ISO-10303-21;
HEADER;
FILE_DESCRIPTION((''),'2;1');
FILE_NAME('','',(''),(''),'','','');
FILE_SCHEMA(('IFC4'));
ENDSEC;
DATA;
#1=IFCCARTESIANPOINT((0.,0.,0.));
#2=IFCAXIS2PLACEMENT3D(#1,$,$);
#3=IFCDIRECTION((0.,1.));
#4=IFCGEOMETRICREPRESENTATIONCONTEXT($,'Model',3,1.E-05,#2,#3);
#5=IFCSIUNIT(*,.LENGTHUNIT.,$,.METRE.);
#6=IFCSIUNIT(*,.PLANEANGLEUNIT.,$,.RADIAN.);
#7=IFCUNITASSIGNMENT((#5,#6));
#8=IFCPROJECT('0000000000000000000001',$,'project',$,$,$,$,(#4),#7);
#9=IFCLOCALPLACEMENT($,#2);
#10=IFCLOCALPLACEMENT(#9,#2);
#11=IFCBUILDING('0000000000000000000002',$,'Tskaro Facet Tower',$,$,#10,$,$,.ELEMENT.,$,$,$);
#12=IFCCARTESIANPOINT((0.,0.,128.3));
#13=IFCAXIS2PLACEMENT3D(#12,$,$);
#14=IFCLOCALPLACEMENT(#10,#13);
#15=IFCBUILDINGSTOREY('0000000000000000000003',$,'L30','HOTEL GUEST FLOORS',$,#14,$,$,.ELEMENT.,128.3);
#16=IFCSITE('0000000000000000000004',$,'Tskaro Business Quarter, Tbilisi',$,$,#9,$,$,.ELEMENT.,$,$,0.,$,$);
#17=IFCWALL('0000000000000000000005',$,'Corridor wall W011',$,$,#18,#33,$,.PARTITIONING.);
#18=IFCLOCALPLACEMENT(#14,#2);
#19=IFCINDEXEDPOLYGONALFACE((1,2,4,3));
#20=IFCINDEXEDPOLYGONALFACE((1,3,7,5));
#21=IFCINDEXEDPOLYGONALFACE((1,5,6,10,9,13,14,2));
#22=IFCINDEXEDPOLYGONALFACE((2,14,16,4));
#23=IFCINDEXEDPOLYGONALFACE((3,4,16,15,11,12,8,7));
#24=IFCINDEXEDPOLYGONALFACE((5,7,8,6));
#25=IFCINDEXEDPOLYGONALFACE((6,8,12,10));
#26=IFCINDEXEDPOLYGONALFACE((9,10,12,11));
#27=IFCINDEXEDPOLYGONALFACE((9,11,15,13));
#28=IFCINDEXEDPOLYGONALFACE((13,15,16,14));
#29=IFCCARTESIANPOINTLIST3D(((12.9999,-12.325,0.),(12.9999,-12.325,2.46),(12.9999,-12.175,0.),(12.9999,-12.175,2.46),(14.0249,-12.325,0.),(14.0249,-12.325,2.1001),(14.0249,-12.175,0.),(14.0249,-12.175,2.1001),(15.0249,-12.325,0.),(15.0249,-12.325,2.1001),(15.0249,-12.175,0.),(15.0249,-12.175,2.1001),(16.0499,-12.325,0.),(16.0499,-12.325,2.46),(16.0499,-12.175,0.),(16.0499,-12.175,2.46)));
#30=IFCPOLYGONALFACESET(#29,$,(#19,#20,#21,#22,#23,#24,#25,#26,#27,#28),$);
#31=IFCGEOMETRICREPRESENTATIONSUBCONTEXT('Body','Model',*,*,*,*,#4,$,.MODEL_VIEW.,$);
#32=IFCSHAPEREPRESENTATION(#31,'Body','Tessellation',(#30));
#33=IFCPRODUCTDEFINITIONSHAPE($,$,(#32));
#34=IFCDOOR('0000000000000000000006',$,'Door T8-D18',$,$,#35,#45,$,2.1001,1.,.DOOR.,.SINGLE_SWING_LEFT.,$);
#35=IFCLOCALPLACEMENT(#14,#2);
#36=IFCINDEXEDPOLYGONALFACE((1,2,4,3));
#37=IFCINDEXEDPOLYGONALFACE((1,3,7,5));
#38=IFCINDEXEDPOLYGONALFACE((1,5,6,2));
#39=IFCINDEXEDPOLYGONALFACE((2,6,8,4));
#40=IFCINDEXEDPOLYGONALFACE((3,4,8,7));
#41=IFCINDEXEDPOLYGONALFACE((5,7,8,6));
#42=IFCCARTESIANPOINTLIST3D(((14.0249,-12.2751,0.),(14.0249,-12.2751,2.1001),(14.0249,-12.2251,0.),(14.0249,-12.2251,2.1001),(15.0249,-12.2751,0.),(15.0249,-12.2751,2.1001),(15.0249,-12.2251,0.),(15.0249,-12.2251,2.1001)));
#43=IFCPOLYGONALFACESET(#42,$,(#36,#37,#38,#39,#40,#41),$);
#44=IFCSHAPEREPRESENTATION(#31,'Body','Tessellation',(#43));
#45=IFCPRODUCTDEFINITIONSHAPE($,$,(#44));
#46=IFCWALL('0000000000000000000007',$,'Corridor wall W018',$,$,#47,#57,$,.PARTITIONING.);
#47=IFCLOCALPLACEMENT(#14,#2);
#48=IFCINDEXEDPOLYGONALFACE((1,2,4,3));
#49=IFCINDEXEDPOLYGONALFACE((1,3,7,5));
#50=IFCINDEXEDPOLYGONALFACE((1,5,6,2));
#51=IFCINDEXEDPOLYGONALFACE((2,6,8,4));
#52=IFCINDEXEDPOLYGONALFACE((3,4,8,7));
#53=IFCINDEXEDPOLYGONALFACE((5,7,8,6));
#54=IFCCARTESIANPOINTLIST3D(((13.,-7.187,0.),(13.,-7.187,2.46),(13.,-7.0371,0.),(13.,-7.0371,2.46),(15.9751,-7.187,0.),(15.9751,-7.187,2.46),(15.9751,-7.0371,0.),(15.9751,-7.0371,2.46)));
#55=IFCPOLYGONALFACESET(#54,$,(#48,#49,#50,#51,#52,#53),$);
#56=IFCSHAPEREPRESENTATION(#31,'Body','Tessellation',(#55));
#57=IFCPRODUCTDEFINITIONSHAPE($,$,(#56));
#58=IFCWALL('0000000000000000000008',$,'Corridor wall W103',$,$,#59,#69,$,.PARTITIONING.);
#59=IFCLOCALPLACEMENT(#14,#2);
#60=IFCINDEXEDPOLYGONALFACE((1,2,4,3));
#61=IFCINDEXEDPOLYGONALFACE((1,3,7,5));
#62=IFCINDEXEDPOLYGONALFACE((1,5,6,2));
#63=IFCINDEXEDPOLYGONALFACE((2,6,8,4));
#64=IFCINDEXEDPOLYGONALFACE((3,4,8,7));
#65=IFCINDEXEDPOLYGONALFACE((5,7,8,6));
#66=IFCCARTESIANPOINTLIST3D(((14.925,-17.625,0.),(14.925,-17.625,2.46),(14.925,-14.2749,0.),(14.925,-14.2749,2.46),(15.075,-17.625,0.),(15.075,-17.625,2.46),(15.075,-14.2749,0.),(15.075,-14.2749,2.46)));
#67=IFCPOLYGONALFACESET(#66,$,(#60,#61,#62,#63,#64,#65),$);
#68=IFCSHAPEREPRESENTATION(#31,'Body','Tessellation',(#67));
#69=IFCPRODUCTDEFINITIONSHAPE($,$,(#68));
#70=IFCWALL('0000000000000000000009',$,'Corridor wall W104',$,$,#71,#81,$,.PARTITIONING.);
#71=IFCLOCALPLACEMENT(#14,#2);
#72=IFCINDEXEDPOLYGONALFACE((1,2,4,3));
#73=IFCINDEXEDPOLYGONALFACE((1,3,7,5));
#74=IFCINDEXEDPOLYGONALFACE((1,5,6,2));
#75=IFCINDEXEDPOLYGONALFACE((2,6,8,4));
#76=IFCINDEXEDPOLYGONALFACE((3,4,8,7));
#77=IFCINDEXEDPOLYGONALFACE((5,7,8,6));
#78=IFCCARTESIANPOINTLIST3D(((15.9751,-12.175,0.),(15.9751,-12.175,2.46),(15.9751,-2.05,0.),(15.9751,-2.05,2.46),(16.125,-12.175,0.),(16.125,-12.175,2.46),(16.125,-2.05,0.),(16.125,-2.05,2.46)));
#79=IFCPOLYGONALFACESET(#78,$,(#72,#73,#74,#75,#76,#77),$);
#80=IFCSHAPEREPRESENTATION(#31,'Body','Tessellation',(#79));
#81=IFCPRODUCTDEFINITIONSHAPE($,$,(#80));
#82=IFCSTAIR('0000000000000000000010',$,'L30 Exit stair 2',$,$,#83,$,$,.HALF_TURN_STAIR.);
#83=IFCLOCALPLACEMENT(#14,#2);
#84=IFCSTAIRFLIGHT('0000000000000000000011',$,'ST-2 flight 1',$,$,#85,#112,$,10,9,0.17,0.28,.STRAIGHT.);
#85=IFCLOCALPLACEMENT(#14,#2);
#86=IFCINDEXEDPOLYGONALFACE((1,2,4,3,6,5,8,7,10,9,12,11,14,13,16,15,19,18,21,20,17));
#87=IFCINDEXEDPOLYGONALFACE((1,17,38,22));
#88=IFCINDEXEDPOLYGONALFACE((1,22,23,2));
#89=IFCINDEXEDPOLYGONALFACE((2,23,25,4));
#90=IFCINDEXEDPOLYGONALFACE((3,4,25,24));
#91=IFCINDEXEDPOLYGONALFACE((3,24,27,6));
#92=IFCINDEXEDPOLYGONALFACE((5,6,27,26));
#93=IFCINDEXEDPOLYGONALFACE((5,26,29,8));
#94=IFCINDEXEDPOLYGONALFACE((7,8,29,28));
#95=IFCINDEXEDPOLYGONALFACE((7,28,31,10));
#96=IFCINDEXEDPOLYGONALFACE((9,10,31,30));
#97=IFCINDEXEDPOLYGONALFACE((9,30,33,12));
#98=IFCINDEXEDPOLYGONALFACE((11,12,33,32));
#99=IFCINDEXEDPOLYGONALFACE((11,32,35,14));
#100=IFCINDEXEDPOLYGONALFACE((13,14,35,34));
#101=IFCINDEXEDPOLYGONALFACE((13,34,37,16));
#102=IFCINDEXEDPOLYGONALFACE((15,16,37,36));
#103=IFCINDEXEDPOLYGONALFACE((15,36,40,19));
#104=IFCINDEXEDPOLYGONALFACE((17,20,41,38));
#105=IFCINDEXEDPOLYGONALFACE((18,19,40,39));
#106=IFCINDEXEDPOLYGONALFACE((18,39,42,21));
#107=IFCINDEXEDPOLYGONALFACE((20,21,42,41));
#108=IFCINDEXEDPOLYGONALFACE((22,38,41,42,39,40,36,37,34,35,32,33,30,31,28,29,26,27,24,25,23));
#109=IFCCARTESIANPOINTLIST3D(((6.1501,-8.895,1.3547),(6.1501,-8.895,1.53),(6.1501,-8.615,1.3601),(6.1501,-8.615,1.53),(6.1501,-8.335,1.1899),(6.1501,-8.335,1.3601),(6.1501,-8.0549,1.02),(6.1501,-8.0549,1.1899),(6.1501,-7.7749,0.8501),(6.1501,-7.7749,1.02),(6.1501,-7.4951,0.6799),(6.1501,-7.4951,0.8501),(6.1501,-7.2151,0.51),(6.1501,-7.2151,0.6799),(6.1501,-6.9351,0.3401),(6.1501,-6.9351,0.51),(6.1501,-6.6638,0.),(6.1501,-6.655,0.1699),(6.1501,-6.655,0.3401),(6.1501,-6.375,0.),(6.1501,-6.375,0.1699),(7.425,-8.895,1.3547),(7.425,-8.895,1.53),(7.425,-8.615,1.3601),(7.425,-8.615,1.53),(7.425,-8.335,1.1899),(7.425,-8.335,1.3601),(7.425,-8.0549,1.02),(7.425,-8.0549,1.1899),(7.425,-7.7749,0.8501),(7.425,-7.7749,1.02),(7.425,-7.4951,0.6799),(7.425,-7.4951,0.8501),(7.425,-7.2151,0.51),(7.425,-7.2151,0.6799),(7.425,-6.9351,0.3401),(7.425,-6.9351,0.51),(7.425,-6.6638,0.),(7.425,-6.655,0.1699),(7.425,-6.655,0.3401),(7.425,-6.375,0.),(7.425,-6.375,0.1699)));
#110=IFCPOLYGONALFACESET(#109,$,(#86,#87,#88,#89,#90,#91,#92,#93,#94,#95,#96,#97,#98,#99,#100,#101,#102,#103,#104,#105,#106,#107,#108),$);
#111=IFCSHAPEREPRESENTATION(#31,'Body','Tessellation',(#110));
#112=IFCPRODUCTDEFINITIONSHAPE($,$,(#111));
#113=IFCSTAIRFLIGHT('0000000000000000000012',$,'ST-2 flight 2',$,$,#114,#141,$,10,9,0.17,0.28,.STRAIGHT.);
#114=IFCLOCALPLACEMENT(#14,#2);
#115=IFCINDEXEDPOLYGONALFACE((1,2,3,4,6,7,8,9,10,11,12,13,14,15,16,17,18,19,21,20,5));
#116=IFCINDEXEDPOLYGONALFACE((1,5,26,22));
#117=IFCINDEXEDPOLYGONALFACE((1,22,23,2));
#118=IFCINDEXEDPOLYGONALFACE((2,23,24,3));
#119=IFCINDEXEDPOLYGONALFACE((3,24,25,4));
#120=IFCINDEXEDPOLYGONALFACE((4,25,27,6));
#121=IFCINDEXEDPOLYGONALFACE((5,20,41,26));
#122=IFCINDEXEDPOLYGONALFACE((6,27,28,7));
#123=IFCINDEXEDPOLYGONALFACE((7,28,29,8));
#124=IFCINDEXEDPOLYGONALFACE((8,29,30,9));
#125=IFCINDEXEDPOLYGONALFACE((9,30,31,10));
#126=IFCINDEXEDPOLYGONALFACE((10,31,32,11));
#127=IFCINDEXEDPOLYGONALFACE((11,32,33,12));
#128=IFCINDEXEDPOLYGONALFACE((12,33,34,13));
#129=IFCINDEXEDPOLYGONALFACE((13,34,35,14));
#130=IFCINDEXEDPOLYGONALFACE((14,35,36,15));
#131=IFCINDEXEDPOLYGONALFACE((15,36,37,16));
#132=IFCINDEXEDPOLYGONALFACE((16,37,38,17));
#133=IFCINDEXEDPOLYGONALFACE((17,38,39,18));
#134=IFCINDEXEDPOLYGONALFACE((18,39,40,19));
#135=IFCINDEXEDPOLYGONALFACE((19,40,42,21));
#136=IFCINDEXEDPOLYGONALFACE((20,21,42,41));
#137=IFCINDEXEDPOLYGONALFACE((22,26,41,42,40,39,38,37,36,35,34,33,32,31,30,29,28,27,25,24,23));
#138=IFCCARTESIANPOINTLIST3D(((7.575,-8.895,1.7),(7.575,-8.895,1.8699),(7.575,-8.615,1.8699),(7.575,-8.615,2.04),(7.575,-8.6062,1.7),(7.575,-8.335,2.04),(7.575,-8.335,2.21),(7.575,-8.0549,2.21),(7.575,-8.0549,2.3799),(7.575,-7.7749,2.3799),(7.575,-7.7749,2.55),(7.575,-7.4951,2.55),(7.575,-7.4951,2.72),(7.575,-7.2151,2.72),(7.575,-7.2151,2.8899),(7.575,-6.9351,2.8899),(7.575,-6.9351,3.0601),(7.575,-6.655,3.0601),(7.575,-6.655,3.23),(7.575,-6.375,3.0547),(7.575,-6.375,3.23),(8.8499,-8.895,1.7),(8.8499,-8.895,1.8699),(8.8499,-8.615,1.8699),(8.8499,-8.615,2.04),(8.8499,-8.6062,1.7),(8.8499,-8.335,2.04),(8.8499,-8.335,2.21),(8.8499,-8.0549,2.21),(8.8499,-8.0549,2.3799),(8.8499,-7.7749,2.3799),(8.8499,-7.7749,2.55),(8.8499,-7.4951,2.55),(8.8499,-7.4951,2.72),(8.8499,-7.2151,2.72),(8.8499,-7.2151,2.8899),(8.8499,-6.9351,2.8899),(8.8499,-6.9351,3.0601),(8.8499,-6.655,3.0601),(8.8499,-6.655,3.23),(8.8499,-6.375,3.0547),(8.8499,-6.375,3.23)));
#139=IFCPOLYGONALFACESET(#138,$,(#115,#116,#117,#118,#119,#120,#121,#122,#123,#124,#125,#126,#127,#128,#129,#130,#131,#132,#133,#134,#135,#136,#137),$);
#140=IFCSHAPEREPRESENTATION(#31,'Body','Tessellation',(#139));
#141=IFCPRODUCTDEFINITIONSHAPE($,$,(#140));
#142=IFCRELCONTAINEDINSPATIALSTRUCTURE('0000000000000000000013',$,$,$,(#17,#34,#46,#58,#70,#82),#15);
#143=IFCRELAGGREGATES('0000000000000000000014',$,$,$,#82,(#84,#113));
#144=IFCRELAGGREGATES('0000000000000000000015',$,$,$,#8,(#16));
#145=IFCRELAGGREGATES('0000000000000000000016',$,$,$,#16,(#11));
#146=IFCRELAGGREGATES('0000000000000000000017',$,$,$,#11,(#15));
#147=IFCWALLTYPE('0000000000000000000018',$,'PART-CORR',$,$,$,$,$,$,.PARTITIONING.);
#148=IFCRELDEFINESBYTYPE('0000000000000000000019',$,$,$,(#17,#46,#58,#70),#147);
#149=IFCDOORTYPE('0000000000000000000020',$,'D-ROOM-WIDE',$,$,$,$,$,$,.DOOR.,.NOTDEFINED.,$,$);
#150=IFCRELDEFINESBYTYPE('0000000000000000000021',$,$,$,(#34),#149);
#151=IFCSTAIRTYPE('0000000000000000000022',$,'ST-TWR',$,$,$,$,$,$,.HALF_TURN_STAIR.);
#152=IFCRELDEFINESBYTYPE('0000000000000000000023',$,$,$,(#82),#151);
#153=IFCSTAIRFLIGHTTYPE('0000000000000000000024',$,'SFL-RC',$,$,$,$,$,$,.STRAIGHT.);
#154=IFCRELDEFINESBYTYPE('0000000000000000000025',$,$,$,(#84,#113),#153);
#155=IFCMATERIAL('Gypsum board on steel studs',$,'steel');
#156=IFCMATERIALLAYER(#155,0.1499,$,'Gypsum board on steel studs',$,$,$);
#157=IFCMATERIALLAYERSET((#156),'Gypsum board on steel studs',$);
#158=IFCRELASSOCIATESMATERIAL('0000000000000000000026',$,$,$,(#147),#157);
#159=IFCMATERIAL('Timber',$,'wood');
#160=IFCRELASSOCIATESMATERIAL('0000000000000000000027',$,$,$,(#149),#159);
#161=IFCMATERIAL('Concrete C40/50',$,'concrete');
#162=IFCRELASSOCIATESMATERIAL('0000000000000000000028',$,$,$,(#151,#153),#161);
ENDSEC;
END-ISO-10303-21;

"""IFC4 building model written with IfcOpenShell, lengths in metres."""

from ifc_helpers import new_model, si_unit, direction, frame, frame_2d, origin, place, context, subcontext, project, spatial, polyline, rectangle, outline, extrude, material, layer, layer_set, type_object, element, fill, aggregate, save


model = new_model("IFC4")

# Units and contexts
model_context = context("Model", 3, precision=1e-05, world=origin(), true_north=direction((0.0, 1.0)))
body_context = subcontext(model_context, "Body", "Model", "MODEL_VIEW")
ifc_project = project(units=[si_unit("LENGTHUNIT", "METRE"), si_unit("PLANEANGLEUNIT", "RADIAN")], contexts=[model_context])

# Site, building, storey
site_placement = place(None, origin())
site = spatial("IfcSite", under=ifc_project, at=site_placement, Name="Tskaro Business Quarter, Tbilisi", CompositionType="ELEMENT", RefElevation=0.0)
building_placement = place(site_placement, origin())
building = spatial("IfcBuilding", under=site, at=building_placement, Name="Tskaro Facet Tower", CompositionType="ELEMENT")
storey_placement = place(building_placement, frame((0.0, 0.0, 128.3)))
storey = spatial("IfcBuildingStorey", under=building, at=storey_placement, Name="L30", Description="HOTEL GUEST FLOORS", CompositionType="ELEMENT", Elevation=128.3)

# Shared definitions
ifc_material_1 = material(Name="Timber", Category="wood")

# Shared definitions
ifc_material_2 = material(Name="Concrete C40/50", Category="concrete")

# Wall, opening, door
ifc_material_3 = material(Name="Gypsum board on steel studs", Category="steel")
ifc_layer_1 = layer(ifc_material_3, 0.1499, Name="Gypsum board on steel studs")
ifc_layer_set_1 = layer_set([ifc_layer_1], Name="Gypsum board on steel studs")
wall_type_1 = type_object("IfcWallType", Name="PART-CORR", PredefinedType="PARTITIONING", material=ifc_layer_set_1)
wall_1_placement = place(storey_placement, frame((13.0, -12.25, 0.0), z_axis=(0.0, 0.0, 1.0), x_axis=(1.0, 0.0, 0.0)))
wall_1 = element("IfcWall", 1, at=wall_1_placement, inside=storey, type_object=wall_type_1, Name="Corridor wall W011", PredefinedType="PARTITIONING", context=body_context, shape_type="SweptSolid", body=[
    extrude(rectangle(XDim=3.05, YDim=0.1499, at=frame_2d((1.5249, 0.0))), origin(), (0.0, 0.0, 1.0), 2.46),
])
opening_1_placement = place(wall_1_placement, frame((1.0249, 0.0, 0.0)))
opening_1 = element("IfcOpeningElement", 2, at=opening_1_placement, cuts=wall_1, PredefinedType="OPENING", context=body_context, shape_type="SweptSolid", body=[
    extrude(rectangle(XDim=1.0, YDim=2.1001, at=frame_2d((0.5, 1.05))), frame((0.0, 0.085, 0.0), z_axis=(0.0, -1.0, 0.0), x_axis=(1.0, 0.0, 0.0)), (0.0, 0.0, 1.0), 0.1699),
])
door_type_1 = type_object("IfcDoorType", Name="D-ROOM-WIDE", OperationType="NOTDEFINED", PredefinedType="DOOR", material=ifc_material_1)
door_1_placement = place(opening_1_placement, origin())
door_1 = element("IfcDoor", 3, at=door_1_placement, inside=storey, type_object=door_type_1, Name="Door T8-D18", OperationType="SINGLE_SWING_LEFT", OverallHeight=2.1001, OverallWidth=1.0, PredefinedType="DOOR", context=body_context, shape_type="SweptSolid", body=[
    extrude(rectangle(XDim=1.0, YDim=2.1001, at=frame_2d((0.5, 1.05))), frame((0.0, 0.0249, 0.0), z_axis=(0.0, -1.0, 0.0), x_axis=(1.0, 0.0, 0.0)), (0.0, 0.0, 1.0), 0.05),
])
fill(opening_1, door_1)

# Walls
wall_2_placement = place(storey_placement, frame((13.0, -7.1121, 0.0), z_axis=(0.0, 0.0, 1.0), x_axis=(1.0, 0.0, 0.0)))
element("IfcWall", 4, at=wall_2_placement, inside=storey, type_object=wall_type_1, Name="Corridor wall W018", PredefinedType="PARTITIONING", context=body_context, shape_type="SweptSolid", body=[
    extrude(rectangle(XDim=2.9751, YDim=0.1499, at=frame_2d((1.4875, 0.0))), origin(), (0.0, 0.0, 1.0), 2.46),
])
wall_3_placement = place(storey_placement, frame((15.0, -17.625, 0.0), z_axis=(0.0, 0.0, 1.0), x_axis=(0.0, 1.0, 0.0)))
element("IfcWall", 5, at=wall_3_placement, inside=storey, type_object=wall_type_1, Name="Corridor wall W103", PredefinedType="PARTITIONING", context=body_context, shape_type="SweptSolid", body=[
    extrude(rectangle(XDim=3.3501, YDim=0.1499, at=frame_2d((1.675, 0.0))), origin(), (0.0, 0.0, 1.0), 2.46),
])
wall_4_placement = place(storey_placement, frame((16.05, -12.175, 0.0), z_axis=(0.0, 0.0, 1.0), x_axis=(0.0, 1.0, 0.0)))
element("IfcWall", 6, at=wall_4_placement, inside=storey, type_object=wall_type_1, Name="Corridor wall W104", PredefinedType="PARTITIONING", context=body_context, shape_type="SweptSolid", body=[
    extrude(rectangle(XDim=10.125, YDim=0.1499, at=frame_2d((5.0625, 0.0))), origin(), (0.0, 0.0, 1.0), 2.46),
])

# Stair, stair flights
stair_type = type_object("IfcStairType", Name="ST-TWR", PredefinedType="HALF_TURN_STAIR", material=ifc_material_2)
stair_placement = place(storey_placement, origin())
stair = element("IfcStair", 7, at=stair_placement, inside=storey, type_object=stair_type, Name="L30 Exit stair 2", PredefinedType="HALF_TURN_STAIR")
stair_flight_type = type_object("IfcStairFlightType", Name="SFL-RC", PredefinedType="STRAIGHT", material=ifc_material_2)
stair_flight_1_placement = place(storey_placement, frame((6.7876, -6.375, 0.0), z_axis=(0.0, 0.0, 1.0), x_axis=(0.0, -1.0, 0.0)))
stair_flight_1 = element("IfcStairFlight", 8, at=stair_flight_1_placement, type_object=stair_flight_type, Name="ST-2 flight 1", NumberOfRisers=10, NumberOfTreads=9, PredefinedType="STRAIGHT", RiserHeight=0.17, TreadLength=0.28, context=body_context, shape_type="SweptSolid", body=[
    extrude(outline(polyline([(0.0, 0.0), (0.0, 0.1699), (0.28, 0.1699), (0.28, 0.3401), (0.5601, 0.3401), (0.5601, 0.51), (0.8401, 0.51), (0.8401, 0.6799), (1.1201, 0.6799), (1.1201, 0.8501), (1.3999, 0.8501), (1.3999, 1.02), (1.6799, 1.02), (1.6799, 1.1899), (1.96, 1.1899), (1.96, 1.3601), (2.24, 1.3601), (2.24, 1.53), (2.52, 1.53), (2.52, 1.7), (2.52, 1.3547), (0.2888, 0.0), (0.0, 0.0)])), frame((0.0, 0.6375, 0.0), z_axis=(0.0, -1.0, 0.0), x_axis=(1.0, 0.0, 0.0)), (0.0, 0.0, 1.0), 1.2749),
])
stair_flight_2_placement = place(storey_placement, frame((8.2124, -8.895, 1.7), z_axis=(0.0, 0.0, 1.0), x_axis=(0.0, 1.0, 0.0)))
stair_flight_2 = element("IfcStairFlight", 9, at=stair_flight_2_placement, type_object=stair_flight_type, Name="ST-2 flight 2", NumberOfRisers=10, NumberOfTreads=9, PredefinedType="STRAIGHT", RiserHeight=0.17, TreadLength=0.28, context=body_context, shape_type="SweptSolid", body=[
    extrude(outline(polyline([(0.0, 0.0), (0.0, 0.1699), (0.28, 0.1699), (0.28, 0.3401), (0.5601, 0.3401), (0.5601, 0.51), (0.8401, 0.51), (0.8401, 0.6799), (1.1201, 0.6799), (1.1201, 0.8501), (1.3999, 0.8501), (1.3999, 1.02), (1.6799, 1.02), (1.6799, 1.1899), (1.96, 1.1899), (1.96, 1.3601), (2.24, 1.3601), (2.24, 1.53), (2.52, 1.53), (2.52, 1.7), (2.52, 1.3547), (0.2888, 0.0), (0.0, 0.0)])), frame((0.0, 0.6375, 0.0), z_axis=(0.0, -1.0, 0.0), x_axis=(1.0, 0.0, 0.0)), (0.0, 0.0, 1.0), 1.2749),
])
aggregate(stair, [stair_flight_1, stair_flight_2])

save(model, "model.ifc")
